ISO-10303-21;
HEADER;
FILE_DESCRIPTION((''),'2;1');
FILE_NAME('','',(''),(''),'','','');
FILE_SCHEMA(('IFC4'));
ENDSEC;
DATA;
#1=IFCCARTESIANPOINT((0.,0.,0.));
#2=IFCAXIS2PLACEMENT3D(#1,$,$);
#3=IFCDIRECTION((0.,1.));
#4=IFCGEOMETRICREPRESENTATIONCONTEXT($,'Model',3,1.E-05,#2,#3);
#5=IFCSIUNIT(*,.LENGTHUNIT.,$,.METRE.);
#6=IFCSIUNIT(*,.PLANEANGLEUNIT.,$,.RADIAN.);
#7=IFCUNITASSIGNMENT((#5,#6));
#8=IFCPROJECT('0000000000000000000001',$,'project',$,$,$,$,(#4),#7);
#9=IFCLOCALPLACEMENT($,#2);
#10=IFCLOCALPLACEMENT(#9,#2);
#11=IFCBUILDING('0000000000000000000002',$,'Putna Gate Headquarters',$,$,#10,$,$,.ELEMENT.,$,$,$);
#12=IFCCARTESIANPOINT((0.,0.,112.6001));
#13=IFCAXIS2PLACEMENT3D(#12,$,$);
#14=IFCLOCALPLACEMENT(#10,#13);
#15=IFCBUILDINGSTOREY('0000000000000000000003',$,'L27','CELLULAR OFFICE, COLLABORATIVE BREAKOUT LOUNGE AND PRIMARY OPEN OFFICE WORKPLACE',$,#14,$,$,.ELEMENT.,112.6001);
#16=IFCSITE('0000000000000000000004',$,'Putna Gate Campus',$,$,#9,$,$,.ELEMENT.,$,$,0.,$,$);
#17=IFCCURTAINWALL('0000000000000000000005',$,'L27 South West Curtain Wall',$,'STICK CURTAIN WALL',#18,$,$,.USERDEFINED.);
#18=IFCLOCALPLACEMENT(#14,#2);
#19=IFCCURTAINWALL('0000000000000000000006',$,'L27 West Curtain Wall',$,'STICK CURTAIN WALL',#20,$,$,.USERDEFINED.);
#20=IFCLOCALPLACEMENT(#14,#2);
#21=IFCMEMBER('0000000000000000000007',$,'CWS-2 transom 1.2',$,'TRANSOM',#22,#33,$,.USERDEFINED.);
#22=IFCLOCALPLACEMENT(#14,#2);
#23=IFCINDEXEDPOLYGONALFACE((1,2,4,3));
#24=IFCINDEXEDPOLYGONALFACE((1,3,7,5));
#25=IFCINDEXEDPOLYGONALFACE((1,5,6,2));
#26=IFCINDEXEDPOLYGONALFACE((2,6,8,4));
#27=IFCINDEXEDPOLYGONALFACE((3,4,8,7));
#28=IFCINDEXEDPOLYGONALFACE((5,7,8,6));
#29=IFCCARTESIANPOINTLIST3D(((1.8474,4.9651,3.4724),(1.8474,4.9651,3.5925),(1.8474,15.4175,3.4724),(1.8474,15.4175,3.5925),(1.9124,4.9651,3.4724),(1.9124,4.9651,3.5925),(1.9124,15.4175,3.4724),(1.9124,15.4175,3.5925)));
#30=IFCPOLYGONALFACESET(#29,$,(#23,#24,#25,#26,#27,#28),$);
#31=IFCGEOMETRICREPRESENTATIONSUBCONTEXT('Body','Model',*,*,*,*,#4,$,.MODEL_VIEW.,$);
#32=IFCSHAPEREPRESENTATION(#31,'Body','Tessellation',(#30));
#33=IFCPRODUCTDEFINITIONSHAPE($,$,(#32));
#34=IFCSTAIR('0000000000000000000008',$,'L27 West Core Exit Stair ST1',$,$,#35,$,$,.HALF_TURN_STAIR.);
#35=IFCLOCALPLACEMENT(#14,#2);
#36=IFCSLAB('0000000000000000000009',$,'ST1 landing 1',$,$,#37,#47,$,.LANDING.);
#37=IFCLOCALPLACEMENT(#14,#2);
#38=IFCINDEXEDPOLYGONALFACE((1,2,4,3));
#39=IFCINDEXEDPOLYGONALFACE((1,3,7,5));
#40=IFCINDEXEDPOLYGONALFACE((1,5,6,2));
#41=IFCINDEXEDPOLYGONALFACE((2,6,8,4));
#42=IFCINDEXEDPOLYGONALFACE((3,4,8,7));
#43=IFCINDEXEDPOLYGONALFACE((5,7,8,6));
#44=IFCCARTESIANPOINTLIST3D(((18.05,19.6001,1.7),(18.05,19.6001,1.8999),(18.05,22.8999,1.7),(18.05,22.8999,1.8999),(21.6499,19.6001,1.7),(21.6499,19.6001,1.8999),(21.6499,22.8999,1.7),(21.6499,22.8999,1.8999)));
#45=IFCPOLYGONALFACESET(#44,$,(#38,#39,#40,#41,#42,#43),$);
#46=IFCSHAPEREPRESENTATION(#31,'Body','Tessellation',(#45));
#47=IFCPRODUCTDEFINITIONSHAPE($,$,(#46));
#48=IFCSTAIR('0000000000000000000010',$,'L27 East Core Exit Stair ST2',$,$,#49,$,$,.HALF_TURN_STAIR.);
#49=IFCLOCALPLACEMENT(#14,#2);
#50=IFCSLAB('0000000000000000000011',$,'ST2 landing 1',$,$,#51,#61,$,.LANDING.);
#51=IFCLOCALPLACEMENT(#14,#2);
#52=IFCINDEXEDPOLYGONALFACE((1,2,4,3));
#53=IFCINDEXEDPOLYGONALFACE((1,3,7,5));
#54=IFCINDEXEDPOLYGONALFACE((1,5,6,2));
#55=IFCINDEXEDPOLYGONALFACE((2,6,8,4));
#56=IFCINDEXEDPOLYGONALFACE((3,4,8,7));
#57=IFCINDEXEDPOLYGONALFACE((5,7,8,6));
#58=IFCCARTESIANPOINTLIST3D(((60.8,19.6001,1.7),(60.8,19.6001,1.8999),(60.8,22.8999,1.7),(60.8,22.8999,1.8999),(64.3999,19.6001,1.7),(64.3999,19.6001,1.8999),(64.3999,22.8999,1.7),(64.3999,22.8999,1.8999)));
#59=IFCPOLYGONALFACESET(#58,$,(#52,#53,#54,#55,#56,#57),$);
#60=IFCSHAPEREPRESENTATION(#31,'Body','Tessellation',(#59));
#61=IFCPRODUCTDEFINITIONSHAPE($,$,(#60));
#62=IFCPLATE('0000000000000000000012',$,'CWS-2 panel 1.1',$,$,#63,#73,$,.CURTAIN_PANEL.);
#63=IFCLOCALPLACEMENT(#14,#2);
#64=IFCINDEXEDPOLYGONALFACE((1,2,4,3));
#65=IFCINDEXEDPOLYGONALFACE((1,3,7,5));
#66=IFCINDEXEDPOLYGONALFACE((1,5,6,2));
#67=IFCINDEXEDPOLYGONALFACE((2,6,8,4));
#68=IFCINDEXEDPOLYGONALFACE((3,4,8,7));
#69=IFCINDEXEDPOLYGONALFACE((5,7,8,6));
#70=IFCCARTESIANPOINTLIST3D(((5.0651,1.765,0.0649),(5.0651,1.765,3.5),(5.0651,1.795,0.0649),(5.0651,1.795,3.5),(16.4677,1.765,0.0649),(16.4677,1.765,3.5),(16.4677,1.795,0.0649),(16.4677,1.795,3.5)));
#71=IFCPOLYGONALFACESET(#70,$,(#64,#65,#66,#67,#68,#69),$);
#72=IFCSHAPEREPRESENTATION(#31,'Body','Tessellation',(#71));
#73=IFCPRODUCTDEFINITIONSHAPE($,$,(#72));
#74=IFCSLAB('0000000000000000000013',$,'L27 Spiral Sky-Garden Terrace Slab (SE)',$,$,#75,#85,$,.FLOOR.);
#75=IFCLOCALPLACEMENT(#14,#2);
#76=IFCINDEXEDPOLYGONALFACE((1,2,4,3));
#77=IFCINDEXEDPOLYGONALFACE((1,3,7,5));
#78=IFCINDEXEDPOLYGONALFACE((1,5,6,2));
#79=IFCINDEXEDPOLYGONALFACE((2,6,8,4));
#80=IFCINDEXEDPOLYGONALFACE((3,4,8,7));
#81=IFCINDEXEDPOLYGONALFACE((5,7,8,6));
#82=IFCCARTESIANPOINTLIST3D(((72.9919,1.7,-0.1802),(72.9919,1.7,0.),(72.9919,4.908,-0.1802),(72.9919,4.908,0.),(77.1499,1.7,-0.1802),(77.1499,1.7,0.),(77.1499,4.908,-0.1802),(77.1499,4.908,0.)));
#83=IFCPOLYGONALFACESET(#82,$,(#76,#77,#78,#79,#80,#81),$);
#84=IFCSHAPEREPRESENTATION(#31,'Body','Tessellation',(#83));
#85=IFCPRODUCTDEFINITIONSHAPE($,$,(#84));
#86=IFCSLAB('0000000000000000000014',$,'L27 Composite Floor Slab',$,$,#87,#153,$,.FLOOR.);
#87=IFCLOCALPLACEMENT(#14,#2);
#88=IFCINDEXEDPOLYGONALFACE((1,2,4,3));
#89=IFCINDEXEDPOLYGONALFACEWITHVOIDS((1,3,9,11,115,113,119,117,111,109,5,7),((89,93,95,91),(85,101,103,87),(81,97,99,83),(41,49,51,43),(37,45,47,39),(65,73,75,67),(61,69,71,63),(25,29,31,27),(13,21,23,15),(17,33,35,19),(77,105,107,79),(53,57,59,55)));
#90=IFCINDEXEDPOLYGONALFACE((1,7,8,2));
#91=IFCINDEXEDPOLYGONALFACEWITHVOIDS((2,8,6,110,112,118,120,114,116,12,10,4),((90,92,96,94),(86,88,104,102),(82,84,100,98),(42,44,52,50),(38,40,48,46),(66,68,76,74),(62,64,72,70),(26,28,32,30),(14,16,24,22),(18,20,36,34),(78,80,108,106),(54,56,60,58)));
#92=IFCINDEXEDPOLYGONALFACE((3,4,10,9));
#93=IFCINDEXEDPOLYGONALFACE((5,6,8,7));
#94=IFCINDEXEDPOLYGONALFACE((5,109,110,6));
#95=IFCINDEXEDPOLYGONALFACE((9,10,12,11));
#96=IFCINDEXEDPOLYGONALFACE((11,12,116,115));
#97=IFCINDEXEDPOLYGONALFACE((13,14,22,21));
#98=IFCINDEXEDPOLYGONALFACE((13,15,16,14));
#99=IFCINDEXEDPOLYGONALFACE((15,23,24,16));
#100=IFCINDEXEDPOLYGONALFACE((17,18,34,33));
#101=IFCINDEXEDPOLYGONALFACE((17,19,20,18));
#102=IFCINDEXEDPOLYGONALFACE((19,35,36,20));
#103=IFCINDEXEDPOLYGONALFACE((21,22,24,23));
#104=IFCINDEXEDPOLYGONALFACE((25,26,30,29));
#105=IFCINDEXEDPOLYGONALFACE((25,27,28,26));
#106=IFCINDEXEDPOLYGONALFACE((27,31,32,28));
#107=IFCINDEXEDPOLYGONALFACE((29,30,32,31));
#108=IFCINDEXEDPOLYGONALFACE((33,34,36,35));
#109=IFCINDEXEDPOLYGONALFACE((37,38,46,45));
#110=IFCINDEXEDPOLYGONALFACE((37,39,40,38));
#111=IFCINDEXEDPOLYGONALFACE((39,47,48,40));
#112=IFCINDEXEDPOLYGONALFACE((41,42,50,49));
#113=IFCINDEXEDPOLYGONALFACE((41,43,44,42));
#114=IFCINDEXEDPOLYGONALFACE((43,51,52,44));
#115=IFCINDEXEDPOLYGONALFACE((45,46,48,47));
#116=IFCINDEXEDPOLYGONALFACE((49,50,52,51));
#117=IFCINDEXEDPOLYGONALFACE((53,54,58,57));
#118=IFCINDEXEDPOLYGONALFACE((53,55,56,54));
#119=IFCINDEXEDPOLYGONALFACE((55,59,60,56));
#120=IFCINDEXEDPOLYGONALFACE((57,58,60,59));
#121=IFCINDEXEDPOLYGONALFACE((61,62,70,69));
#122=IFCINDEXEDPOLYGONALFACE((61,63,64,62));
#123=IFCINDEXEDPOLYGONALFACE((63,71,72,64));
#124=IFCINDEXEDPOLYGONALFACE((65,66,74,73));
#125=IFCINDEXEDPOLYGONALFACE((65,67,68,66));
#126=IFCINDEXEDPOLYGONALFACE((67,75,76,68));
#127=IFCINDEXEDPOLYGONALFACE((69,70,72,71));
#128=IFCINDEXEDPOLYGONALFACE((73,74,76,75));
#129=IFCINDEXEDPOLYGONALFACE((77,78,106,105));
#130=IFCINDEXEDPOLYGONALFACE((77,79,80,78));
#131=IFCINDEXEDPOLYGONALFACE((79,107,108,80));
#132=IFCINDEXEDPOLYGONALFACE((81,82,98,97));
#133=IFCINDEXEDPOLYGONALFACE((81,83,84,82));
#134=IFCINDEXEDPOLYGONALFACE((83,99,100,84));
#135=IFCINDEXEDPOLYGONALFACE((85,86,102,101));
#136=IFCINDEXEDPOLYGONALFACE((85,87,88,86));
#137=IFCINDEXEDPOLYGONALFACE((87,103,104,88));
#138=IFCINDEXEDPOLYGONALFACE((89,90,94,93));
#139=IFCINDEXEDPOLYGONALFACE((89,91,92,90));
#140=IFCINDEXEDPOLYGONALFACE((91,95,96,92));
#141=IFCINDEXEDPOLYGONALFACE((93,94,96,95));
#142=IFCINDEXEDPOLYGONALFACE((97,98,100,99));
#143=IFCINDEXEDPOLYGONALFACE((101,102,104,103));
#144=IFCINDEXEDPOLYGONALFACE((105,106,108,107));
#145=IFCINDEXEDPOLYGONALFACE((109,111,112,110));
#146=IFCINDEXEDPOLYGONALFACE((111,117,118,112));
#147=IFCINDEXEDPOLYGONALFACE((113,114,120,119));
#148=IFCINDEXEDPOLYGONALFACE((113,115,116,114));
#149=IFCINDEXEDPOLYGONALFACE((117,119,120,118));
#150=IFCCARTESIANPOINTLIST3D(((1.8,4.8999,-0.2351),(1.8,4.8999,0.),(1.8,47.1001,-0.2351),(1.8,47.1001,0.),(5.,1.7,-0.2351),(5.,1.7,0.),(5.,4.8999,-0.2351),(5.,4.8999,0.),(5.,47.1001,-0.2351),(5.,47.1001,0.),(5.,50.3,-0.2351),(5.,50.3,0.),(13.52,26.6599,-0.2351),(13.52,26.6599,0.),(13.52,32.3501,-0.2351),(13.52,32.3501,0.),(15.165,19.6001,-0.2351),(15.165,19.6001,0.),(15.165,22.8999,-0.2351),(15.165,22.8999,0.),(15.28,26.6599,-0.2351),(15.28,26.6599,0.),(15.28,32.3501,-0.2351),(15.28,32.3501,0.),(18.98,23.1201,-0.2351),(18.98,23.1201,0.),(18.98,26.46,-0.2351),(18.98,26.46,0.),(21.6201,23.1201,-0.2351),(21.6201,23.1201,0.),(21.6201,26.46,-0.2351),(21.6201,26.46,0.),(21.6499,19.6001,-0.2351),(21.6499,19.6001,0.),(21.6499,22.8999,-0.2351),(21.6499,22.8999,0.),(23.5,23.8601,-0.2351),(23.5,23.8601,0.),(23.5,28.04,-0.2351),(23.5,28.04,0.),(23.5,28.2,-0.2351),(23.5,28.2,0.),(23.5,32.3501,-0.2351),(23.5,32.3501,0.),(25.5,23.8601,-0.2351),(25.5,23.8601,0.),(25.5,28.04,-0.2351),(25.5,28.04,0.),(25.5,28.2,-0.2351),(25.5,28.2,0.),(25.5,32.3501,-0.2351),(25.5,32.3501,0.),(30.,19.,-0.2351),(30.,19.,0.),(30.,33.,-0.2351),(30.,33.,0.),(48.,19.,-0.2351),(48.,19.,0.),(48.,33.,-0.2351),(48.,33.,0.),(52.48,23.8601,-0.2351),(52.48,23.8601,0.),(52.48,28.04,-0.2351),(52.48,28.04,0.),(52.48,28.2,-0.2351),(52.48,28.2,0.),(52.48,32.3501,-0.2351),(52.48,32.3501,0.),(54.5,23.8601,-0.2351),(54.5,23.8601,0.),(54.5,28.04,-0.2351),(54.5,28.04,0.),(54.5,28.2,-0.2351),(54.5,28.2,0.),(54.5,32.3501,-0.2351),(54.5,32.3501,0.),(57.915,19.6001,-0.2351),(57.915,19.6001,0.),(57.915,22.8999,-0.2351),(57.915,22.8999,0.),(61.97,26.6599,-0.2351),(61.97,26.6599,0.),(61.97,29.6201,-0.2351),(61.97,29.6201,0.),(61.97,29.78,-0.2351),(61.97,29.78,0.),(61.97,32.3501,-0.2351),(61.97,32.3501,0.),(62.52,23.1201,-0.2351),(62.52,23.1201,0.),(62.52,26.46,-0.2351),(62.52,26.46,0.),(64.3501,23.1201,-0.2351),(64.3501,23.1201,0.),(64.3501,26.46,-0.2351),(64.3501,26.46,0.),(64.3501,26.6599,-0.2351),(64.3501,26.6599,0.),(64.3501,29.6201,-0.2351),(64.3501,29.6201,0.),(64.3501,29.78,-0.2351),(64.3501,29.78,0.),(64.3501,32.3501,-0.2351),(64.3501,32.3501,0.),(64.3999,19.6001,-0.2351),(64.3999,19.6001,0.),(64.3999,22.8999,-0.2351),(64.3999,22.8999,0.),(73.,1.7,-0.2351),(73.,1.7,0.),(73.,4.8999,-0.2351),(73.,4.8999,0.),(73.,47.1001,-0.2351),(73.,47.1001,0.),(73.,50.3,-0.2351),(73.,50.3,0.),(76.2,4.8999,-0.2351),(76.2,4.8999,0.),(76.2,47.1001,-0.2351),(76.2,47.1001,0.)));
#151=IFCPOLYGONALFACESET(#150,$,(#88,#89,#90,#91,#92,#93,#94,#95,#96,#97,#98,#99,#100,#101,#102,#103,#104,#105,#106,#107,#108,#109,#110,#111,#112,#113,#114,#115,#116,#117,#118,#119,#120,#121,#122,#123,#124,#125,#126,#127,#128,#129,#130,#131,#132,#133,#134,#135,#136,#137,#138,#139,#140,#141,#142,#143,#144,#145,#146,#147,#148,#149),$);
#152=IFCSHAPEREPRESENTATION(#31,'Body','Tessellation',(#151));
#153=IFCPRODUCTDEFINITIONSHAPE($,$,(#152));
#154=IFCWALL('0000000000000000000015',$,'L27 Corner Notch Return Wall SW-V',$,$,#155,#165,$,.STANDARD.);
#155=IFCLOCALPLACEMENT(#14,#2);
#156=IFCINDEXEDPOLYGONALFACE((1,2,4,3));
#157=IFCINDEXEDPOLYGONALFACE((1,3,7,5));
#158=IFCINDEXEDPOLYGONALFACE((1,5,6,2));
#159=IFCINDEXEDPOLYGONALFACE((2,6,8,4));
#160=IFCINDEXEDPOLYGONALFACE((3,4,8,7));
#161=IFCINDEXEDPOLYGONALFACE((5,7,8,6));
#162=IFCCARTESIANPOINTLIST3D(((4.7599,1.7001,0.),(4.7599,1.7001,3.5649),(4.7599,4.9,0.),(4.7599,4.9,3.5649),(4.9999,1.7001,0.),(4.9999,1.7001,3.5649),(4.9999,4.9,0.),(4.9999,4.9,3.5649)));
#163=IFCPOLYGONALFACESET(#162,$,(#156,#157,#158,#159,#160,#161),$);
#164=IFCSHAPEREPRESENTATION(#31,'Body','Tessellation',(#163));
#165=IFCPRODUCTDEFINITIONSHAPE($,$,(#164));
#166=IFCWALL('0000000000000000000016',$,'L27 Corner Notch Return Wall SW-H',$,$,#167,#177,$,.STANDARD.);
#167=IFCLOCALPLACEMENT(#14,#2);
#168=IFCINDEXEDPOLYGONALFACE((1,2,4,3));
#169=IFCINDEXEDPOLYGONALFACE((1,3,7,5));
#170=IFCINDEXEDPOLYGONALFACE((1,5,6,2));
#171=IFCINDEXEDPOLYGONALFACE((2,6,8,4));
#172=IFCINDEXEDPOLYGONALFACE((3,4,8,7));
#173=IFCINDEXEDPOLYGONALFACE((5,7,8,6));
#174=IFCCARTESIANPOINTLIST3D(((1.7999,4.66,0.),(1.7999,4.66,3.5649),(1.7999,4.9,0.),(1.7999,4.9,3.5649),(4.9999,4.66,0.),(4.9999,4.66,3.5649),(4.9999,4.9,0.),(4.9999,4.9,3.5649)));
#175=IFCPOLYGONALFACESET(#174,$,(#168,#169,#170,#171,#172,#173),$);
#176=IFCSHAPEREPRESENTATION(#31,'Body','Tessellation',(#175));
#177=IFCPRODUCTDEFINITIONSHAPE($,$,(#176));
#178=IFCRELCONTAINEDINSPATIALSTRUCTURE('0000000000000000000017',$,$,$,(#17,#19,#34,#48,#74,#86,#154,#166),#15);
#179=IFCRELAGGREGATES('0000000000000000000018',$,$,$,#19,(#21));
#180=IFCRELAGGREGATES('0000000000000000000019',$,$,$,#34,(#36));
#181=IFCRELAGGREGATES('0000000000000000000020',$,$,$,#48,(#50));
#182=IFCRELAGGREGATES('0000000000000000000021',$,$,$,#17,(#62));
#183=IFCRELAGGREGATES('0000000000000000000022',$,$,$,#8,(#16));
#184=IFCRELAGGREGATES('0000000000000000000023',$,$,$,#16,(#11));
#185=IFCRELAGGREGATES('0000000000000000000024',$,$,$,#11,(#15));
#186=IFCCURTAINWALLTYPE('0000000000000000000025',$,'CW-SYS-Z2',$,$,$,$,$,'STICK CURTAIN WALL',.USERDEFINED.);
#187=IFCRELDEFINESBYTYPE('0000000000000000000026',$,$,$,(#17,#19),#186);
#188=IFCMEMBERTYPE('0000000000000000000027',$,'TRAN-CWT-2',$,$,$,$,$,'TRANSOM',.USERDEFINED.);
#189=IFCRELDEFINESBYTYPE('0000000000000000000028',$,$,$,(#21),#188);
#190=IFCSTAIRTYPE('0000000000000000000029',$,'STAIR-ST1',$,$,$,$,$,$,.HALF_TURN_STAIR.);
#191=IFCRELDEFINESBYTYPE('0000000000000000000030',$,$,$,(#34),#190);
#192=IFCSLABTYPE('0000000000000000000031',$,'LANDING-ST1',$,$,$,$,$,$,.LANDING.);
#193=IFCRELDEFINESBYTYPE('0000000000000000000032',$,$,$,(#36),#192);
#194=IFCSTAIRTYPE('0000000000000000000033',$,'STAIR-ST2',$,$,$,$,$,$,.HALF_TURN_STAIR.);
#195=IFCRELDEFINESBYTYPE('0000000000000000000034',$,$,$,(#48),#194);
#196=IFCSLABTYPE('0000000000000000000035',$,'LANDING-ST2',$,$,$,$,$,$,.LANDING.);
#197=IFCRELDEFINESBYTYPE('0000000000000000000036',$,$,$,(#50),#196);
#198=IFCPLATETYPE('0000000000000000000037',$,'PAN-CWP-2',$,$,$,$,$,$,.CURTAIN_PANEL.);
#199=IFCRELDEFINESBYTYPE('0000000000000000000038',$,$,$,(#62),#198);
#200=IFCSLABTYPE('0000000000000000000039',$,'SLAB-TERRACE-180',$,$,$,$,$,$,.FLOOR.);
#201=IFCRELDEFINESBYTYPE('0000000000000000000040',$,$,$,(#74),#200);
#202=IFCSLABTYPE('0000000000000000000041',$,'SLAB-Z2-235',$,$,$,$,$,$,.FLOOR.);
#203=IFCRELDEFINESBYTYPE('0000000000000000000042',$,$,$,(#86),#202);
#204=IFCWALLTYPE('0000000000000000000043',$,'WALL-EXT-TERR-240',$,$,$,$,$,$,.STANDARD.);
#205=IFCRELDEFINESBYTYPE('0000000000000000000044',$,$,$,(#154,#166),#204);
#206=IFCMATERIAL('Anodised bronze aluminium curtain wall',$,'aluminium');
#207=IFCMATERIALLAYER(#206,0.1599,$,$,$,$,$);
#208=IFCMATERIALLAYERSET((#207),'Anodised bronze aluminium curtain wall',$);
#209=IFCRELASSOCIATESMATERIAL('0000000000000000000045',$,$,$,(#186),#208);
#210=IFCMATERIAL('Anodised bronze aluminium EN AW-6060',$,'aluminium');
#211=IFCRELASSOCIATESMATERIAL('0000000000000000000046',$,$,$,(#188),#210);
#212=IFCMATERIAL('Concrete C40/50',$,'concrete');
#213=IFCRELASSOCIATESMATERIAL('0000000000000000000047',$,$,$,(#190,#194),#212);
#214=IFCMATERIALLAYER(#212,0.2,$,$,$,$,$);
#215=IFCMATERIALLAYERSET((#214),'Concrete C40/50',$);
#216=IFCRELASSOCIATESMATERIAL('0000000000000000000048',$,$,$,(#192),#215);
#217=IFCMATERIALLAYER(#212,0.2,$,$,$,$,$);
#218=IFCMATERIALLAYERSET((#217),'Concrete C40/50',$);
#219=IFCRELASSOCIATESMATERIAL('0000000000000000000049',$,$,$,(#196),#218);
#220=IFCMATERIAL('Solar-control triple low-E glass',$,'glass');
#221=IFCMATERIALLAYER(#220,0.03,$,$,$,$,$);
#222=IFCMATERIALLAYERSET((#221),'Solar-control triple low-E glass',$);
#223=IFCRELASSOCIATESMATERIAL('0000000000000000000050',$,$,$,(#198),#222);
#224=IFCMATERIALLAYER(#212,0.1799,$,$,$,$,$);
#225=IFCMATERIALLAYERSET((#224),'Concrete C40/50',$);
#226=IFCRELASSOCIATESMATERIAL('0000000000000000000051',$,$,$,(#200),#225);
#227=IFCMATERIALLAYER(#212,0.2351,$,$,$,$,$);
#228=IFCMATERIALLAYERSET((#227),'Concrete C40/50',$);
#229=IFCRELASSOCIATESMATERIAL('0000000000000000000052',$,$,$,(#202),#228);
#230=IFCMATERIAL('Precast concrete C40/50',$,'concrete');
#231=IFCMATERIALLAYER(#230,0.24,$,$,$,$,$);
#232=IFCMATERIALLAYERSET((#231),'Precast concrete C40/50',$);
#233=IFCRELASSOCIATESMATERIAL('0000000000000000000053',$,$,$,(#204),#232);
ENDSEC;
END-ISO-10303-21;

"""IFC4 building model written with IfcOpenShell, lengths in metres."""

from ifc_helpers import new_model, si_unit, direction, frame, frame_2d, origin, origin_2d, place, context, subcontext, project, spatial, polyline, rectangle, outline, extrude, material, layer, layer_set, material_profile, profile_set, type_object, element, aggregate, save


model = new_model("IFC4")

# Units and contexts
model_context = context("Model", 3, precision=1e-05, world=origin(), true_north=direction((0.0, 1.0)))
body_context = subcontext(model_context, "Body", "Model", "MODEL_VIEW")
ifc_project = project(units=[si_unit("LENGTHUNIT", "METRE"), si_unit("PLANEANGLEUNIT", "RADIAN")], contexts=[model_context])

# Site, building, storey
site_placement = place(None, origin())
site = spatial("IfcSite", under=ifc_project, at=site_placement, Name="Putna Gate Campus", CompositionType="ELEMENT", RefElevation=0.0)
building_placement = place(site_placement, origin())
building = spatial("IfcBuilding", under=site, at=building_placement, Name="Putna Gate Headquarters", CompositionType="ELEMENT")
storey_placement = place(building_placement, frame((0.0, 0.0, 112.6001)))
storey = spatial("IfcBuildingStorey", under=building, at=storey_placement, Name="L27", Description="CELLULAR OFFICE, COLLABORATIVE BREAKOUT LOUNGE AND PRIMARY OPEN OFFICE WORKPLACE", CompositionType="ELEMENT", Elevation=112.6001)

# Curtain walls
ifc_material_1 = material(Name="Anodised bronze aluminium curtain wall", Category="aluminium")
ifc_layer_1 = layer(ifc_material_1, 0.1599)
ifc_layer_set_1 = layer_set([ifc_layer_1], Name="Anodised bronze aluminium curtain wall")
curtain_wall_type = type_object("IfcCurtainWallType", Name="CW-SYS-Z2", ElementType="STICK CURTAIN WALL", PredefinedType="USERDEFINED", material=ifc_layer_set_1)
curtain_wall_1_placement = place(storey_placement, origin())
curtain_wall_1 = element("IfcCurtainWall", 1, at=curtain_wall_1_placement, inside=storey, type_object=curtain_wall_type, Name="L27 South West Curtain Wall", ObjectType="STICK CURTAIN WALL", PredefinedType="USERDEFINED")
ifc_material_2 = material(Name="Anodised bronze aluminium EN AW-6060", Category="aluminium")
curtain_wall_2_placement = place(storey_placement, origin())
curtain_wall_2 = element("IfcCurtainWall", 2, at=curtain_wall_2_placement, inside=storey, type_object=curtain_wall_type, Name="L27 West Curtain Wall", ObjectType="STICK CURTAIN WALL", PredefinedType="USERDEFINED")

# Member
ifc_material_profile_1 = material_profile(ifc_material_2, rectangle(XDim=0.0649, YDim=0.1201, at=origin_2d()), Name="Anodised bronze aluminium EN AW-6060")
ifc_profile_set_1 = profile_set([ifc_material_profile_1], Name="Anodised bronze aluminium EN AW-6060")
member_type_1 = type_object("IfcMemberType", Name="TRAN-CWT-2", ElementType="TRANSOM", PredefinedType="USERDEFINED", material=ifc_profile_set_1)
member_1_placement = place(storey_placement, frame((1.8799, 4.9651, 3.5325), z_axis=(0.0, 1.0, 0.0), x_axis=(-1.0, 0.0, 0.0)))
member_1 = element("IfcMember", 3, at=member_1_placement, type_object=member_type_1, Name="CWS-2 transom 1.2", ObjectType="TRANSOM", PredefinedType="USERDEFINED", context=body_context, shape_type="SweptSolid", body=[
    extrude(rectangle(XDim=0.0649, YDim=0.1201, at=origin_2d()), origin(), (0.0, 0.0, 1.0), 10.4524),
])
aggregate(curtain_wall_2, [member_1])

# Stairs, slabs
ifc_material_3 = material(Name="Concrete C40/50", Category="concrete")
stair_type_1 = type_object("IfcStairType", Name="STAIR-ST1", PredefinedType="HALF_TURN_STAIR", material=ifc_material_3)
stair_1_placement = place(storey_placement, origin())
stair_1 = element("IfcStair", 4, at=stair_1_placement, inside=storey, type_object=stair_type_1, Name="L27 West Core Exit Stair ST1", PredefinedType="HALF_TURN_STAIR")
ifc_layer_2 = layer(ifc_material_3, 0.2)
ifc_layer_set_2 = layer_set([ifc_layer_2], Name="Concrete C40/50")
slab_type_1 = type_object("IfcSlabType", Name="LANDING-ST1", PredefinedType="LANDING", material=ifc_layer_set_2)
slab_1_placement = place(storey_placement, frame((0.0, 0.0, 1.7)))
slab_1 = element("IfcSlab", 5, at=slab_1_placement, type_object=slab_type_1, Name="ST1 landing 1", PredefinedType="LANDING", context=body_context, shape_type="SweptSolid", body=[
    extrude(outline(polyline([(18.05, 19.6001), (21.6499, 19.6001), (21.6499, 22.8999), (18.05, 22.8999), (18.05, 19.6001)])), origin(), (0.0, 0.0, 1.0), 0.2),
])
aggregate(stair_1, [slab_1])
stair_type_2 = type_object("IfcStairType", Name="STAIR-ST2", PredefinedType="HALF_TURN_STAIR", material=ifc_material_3)
stair_2_placement = place(storey_placement, origin())
stair_2 = element("IfcStair", 6, at=stair_2_placement, inside=storey, type_object=stair_type_2, Name="L27 East Core Exit Stair ST2", PredefinedType="HALF_TURN_STAIR")
ifc_layer_3 = layer(ifc_material_3, 0.2)
ifc_layer_set_3 = layer_set([ifc_layer_3], Name="Concrete C40/50")
slab_type_2 = type_object("IfcSlabType", Name="LANDING-ST2", PredefinedType="LANDING", material=ifc_layer_set_3)
slab_2_placement = place(storey_placement, frame((0.0, 0.0, 1.7)))
slab_2 = element("IfcSlab", 7, at=slab_2_placement, type_object=slab_type_2, Name="ST2 landing 1", PredefinedType="LANDING", context=body_context, shape_type="SweptSolid", body=[
    extrude(outline(polyline([(60.8, 19.6001), (64.3999, 19.6001), (64.3999, 22.8999), (60.8, 22.8999), (60.8, 19.6001)])), origin(), (0.0, 0.0, 1.0), 0.2),
])
aggregate(stair_2, [slab_2])

# Plate
ifc_material_4 = material(Name="Solar-control triple low-E glass", Category="glass")
ifc_layer_4 = layer(ifc_material_4, 0.03)
ifc_layer_set_4 = layer_set([ifc_layer_4], Name="Solar-control triple low-E glass")
plate_type = type_object("IfcPlateType", Name="PAN-CWP-2", PredefinedType="CURTAIN_PANEL", material=ifc_layer_set_4)
plate_placement = place(storey_placement, frame((10.7664, 1.78, 0.0649), z_axis=(0.0, 0.0, 1.0), x_axis=(1.0, 0.0, 0.0)))
plate = element("IfcPlate", 8, at=plate_placement, type_object=plate_type, Name="CWS-2 panel 1.1", PredefinedType="CURTAIN_PANEL", context=body_context, shape_type="SweptSolid", body=[
    extrude(rectangle(XDim=11.4026, YDim=0.03, at=origin_2d()), origin(), (0.0, 0.0, 1.0), 3.4351),
])
aggregate(curtain_wall_1, [plate])

# Slabs
ifc_layer_5 = layer(ifc_material_3, 0.1799)
ifc_layer_set_5 = layer_set([ifc_layer_5], Name="Concrete C40/50")
slab_type_3 = type_object("IfcSlabType", Name="SLAB-TERRACE-180", PredefinedType="FLOOR", material=ifc_layer_set_5)
slab_3_placement = place(storey_placement, frame((0.0, 0.0, -0.1802)))
element("IfcSlab", 9, at=slab_3_placement, inside=storey, type_object=slab_type_3, Name="L27 Spiral Sky-Garden Terrace Slab (SE)", PredefinedType="FLOOR", context=body_context, shape_type="SweptSolid", body=[
    extrude(outline(polyline([(72.9919, 1.7), (77.1499, 1.7), (77.1499, 4.908), (72.9919, 4.908), (72.9919, 1.7)])), origin(), (0.0, 0.0, 1.0), 0.1802),
])
ifc_layer_6 = layer(ifc_material_3, 0.2351)
ifc_layer_set_6 = layer_set([ifc_layer_6], Name="Concrete C40/50")
slab_type_4 = type_object("IfcSlabType", Name="SLAB-Z2-235", PredefinedType="FLOOR", material=ifc_layer_set_6)
slab_4_placement = place(storey_placement, frame((0.0, 0.0, -0.2351)))
element("IfcSlab", 10, at=slab_4_placement, inside=storey, type_object=slab_type_4, Name="L27 Composite Floor Slab", PredefinedType="FLOOR", context=body_context, shape_type="SweptSolid", body=[
    extrude(outline(polyline([(5.0, 1.7), (73.0, 1.7), (73.0, 4.8999), (76.2, 4.8999), (76.2, 47.1001), (73.0, 47.1001), (73.0, 50.3), (5.0, 50.3), (5.0, 47.1001), (1.8, 47.1001), (1.8, 4.8999), (5.0, 4.8999), (5.0, 1.7)]), holes=[polyline([(15.165, 19.6001), (21.6499, 19.6001), (21.6499, 22.8999), (15.165, 22.8999), (15.165, 19.6001)]), polyline([(57.915, 19.6001), (64.3999, 19.6001), (64.3999, 22.8999), (57.915, 22.8999), (57.915, 19.6001)]), polyline([(13.52, 26.6599), (15.28, 26.6599), (15.28, 32.3501), (13.52, 32.3501), (13.52, 26.6599)]), polyline([(61.97, 29.78), (64.3501, 29.78), (64.3501, 32.3501), (61.97, 32.3501), (61.97, 29.78)]), polyline([(18.98, 23.1201), (21.6201, 23.1201), (21.6201, 26.46), (18.98, 26.46), (18.98, 23.1201)]), polyline([(62.52, 23.1201), (64.3501, 23.1201), (64.3501, 26.46), (62.52, 26.46), (62.52, 23.1201)]), polyline([(61.97, 26.6599), (64.3501, 26.6599), (64.3501, 29.6201), (61.97, 29.6201), (61.97, 26.6599)]), polyline([(23.5, 23.8601), (25.5, 23.8601), (25.5, 28.04), (23.5, 28.04), (23.5, 23.8601)]), polyline([(52.48, 23.8601), (54.5, 23.8601), (54.5, 28.04), (52.48, 28.04), (52.48, 23.8601)]), polyline([(23.5, 28.2), (25.5, 28.2), (25.5, 32.3501), (23.5, 32.3501), (23.5, 28.2)]), polyline([(52.48, 28.2), (54.5, 28.2), (54.5, 32.3501), (52.48, 32.3501), (52.48, 28.2)]), polyline([(30.0, 19.0), (48.0, 19.0), (48.0, 33.0), (30.0, 33.0), (30.0, 19.0)])]), origin(), (0.0, 0.0, 1.0), 0.2351),
])

# Walls
ifc_material_5 = material(Name="Precast concrete C40/50", Category="concrete")
ifc_layer_7 = layer(ifc_material_5, 0.24)
ifc_layer_set_7 = layer_set([ifc_layer_7], Name="Precast concrete C40/50")
wall_type = type_object("IfcWallType", Name="WALL-EXT-TERR-240", PredefinedType="STANDARD", material=ifc_layer_set_7)
for number, where, z_axis, x_axis, name in (
    (11, (4.8799, 1.7, 0.0), (0.0, 0.0, 1.0), (0.0, 1.0, 0.0), "L27 Corner Notch Return Wall SW-V"),
    (12, (5.0, 4.78, 0.0), (0.0, 0.0, 1.0), (-1.0, 0.0, 0.0), "L27 Corner Notch Return Wall SW-H"),
):
    element("IfcWall", number, at=place(storey_placement, frame(where, z_axis=z_axis, x_axis=x_axis)), inside=storey, type_object=wall_type, Name=name, PredefinedType="STANDARD", context=body_context, shape_type="SweptSolid", body=[
        extrude(rectangle(XDim=3.2, YDim=0.24, at=frame_2d((1.6001, 0.0))), origin(), (0.0, 0.0, 1.0), 3.5649),
    ])

save(model, "model.ifc")
